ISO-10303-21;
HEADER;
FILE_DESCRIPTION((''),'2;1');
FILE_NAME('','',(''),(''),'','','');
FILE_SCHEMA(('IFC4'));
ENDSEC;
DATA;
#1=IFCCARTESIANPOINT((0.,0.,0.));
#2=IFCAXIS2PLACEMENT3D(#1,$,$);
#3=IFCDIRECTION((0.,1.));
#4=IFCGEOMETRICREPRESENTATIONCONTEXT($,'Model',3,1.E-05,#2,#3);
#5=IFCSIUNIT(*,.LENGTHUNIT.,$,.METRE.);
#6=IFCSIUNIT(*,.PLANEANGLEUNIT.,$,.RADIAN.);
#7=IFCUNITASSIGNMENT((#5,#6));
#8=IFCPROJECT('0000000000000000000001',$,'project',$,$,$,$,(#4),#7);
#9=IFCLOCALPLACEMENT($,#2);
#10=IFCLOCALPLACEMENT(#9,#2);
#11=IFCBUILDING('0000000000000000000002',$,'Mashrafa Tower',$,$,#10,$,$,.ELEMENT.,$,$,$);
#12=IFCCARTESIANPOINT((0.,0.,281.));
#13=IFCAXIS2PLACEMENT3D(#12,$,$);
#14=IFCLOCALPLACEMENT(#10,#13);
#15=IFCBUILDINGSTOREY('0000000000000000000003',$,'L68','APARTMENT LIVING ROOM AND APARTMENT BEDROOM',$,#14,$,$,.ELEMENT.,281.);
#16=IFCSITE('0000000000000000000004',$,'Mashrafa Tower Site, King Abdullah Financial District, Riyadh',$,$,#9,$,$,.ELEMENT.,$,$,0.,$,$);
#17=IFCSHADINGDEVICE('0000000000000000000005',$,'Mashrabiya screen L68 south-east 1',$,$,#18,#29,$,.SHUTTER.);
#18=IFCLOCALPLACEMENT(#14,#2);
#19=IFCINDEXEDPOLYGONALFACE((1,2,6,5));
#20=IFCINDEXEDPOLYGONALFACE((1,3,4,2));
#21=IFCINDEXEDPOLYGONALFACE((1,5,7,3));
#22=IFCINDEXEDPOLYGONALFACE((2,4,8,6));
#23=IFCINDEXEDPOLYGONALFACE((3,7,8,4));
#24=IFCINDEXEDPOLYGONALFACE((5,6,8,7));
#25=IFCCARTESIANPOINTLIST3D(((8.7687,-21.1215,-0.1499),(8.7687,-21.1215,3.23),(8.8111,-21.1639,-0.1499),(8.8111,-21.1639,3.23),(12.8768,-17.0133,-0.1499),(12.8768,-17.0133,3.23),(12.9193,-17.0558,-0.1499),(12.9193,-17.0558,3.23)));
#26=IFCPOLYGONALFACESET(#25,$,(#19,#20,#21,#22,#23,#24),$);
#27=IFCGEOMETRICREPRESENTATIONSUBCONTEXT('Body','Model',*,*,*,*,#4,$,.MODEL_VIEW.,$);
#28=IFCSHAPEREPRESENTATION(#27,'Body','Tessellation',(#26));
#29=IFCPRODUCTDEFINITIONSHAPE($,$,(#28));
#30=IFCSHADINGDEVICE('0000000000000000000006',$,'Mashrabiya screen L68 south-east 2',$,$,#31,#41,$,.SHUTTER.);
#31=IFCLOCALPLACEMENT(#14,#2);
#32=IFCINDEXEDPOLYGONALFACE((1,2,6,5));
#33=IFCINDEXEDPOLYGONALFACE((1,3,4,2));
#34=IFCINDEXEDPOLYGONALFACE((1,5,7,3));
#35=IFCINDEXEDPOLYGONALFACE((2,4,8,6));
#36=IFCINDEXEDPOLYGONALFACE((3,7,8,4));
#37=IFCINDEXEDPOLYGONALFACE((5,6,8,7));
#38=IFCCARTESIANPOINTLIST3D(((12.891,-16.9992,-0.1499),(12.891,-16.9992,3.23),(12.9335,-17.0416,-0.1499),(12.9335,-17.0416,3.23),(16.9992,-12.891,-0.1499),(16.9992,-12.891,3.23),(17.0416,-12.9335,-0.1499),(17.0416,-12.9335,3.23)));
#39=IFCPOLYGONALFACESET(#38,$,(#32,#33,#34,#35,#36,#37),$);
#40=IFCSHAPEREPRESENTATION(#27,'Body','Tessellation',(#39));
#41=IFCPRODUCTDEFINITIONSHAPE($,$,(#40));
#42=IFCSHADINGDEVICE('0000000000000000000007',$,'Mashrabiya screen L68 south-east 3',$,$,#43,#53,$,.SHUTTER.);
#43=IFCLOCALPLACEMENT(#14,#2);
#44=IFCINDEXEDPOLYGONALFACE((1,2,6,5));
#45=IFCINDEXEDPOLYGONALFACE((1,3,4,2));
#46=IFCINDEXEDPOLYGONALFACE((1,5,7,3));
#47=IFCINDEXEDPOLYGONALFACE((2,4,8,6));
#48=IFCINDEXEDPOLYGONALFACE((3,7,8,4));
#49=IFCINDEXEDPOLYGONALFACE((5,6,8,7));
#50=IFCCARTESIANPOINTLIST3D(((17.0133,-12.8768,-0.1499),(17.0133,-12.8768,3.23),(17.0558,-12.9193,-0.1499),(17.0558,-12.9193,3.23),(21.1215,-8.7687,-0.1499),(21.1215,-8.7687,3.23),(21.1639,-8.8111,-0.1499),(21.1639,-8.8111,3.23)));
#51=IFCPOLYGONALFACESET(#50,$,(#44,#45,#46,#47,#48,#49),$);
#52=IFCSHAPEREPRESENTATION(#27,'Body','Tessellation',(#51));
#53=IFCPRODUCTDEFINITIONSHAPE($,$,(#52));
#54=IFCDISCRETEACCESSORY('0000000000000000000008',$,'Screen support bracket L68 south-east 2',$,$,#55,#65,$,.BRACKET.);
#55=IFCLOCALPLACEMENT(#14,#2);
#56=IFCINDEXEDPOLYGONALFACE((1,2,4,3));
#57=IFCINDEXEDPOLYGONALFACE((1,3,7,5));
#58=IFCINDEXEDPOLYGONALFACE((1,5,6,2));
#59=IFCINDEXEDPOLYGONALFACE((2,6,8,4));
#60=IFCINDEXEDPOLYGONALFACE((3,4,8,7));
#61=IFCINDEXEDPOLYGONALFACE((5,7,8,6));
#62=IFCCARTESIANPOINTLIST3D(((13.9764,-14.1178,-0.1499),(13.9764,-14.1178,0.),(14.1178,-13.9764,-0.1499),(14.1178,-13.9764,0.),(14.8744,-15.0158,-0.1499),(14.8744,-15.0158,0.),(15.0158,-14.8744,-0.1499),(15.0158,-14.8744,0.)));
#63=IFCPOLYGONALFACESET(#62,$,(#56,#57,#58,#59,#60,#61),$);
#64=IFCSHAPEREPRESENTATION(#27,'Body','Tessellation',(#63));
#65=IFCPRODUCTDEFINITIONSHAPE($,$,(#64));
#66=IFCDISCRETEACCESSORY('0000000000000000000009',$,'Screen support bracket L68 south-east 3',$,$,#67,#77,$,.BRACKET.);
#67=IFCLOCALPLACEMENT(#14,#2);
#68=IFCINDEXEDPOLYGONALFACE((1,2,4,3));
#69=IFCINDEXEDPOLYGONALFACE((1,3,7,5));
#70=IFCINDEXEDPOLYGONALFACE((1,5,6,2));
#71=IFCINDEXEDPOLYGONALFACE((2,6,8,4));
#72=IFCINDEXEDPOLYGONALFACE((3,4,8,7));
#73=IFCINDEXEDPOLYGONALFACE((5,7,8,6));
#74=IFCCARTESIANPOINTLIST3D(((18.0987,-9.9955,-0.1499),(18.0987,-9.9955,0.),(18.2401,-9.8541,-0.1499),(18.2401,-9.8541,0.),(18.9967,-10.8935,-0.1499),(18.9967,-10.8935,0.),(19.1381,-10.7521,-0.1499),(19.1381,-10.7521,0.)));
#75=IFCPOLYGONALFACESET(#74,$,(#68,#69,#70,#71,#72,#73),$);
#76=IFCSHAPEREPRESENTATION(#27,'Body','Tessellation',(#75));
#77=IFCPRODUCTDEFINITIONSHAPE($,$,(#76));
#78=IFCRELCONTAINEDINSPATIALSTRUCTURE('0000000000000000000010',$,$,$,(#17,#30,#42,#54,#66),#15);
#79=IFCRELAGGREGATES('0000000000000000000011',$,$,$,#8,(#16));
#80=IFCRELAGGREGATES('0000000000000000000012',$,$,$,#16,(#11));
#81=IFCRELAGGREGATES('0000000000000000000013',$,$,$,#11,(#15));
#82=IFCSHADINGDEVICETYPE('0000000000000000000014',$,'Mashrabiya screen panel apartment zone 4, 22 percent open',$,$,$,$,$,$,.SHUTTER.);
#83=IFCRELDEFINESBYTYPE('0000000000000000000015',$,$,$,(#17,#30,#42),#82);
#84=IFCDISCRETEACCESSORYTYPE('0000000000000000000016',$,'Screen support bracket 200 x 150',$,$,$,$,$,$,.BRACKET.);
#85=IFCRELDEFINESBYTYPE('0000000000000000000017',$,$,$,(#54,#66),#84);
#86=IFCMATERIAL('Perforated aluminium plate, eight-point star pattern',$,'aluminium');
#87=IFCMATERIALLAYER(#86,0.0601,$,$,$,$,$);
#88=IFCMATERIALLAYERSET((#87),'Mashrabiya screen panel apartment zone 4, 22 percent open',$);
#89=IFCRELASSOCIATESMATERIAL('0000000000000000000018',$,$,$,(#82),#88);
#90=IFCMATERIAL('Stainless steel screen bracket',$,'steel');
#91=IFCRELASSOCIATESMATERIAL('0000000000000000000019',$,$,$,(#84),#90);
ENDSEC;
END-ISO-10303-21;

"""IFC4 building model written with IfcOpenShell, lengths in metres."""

from ifc_helpers import new_model, si_unit, direction, frame, origin, origin_2d, place, context, subcontext, project, spatial, rectangle, extrude, source, transform, mapped, material, layer, layer_set, type_object, type_shapes, element, save


model = new_model("IFC4")

# Units and contexts
model_context = context("Model", 3, precision=1e-05, world=origin(), true_north=direction((0.0, 1.0)))
body_context = subcontext(model_context, "Body", "Model", "MODEL_VIEW")
ifc_project = project(units=[si_unit("LENGTHUNIT", "METRE"), si_unit("PLANEANGLEUNIT", "RADIAN")], contexts=[model_context])

# Site, building, storey
site_placement = place(None, origin())
site = spatial("IfcSite", under=ifc_project, at=site_placement, Name="Mashrafa Tower Site, King Abdullah Financial District, Riyadh", CompositionType="ELEMENT", RefElevation=0.0)
building_placement = place(site_placement, origin())
building = spatial("IfcBuilding", under=site, at=building_placement, Name="Mashrafa Tower", CompositionType="ELEMENT")
storey_placement = place(building_placement, frame((0.0, 0.0, 281.0)))
storey = spatial("IfcBuildingStorey", under=building, at=storey_placement, Name="L68", Description="APARTMENT LIVING ROOM AND APARTMENT BEDROOM", CompositionType="ELEMENT", Elevation=281.0)

# Shading devices
ifc_material_1 = material(Name="Perforated aluminium plate, eight-point star pattern", Category="aluminium")
ifc_layer_1 = layer(ifc_material_1, 0.0601)
ifc_layer_set_1 = layer_set([ifc_layer_1], Name="Mashrabiya screen panel apartment zone 4, 22 percent open")
shading_device_type = type_object("IfcShadingDeviceType", Name="Mashrabiya screen panel apartment zone 4, 22 percent open", PredefinedType="SHUTTER", material=ifc_layer_set_1)
shared_shape_1 = source(origin(), body_context, "Body", "SweptSolid", [
    extrude(rectangle(XDim=5.8098, YDim=0.0601, at=origin_2d()), origin(), (0.0, 0.0, 1.0), 3.3799),
])
type_shapes(shading_device_type, [shared_shape_1])
for number, where, z_axis, x_axis, name in (
    (1, (10.844, -19.0886, -0.1499), (0.0, 0.0, 1.0), (0.707107, 0.707107, 0.0), "Mashrabiya screen L68 south-east 1"),
    (2, (14.9663, -14.9663, -0.1499), (0.0, 0.0, 1.0), (0.707107, 0.707107, 0.0), "Mashrabiya screen L68 south-east 2"),
    (3, (19.0886, -10.844, -0.1499), (0.0, 0.0, 1.0), (0.707107, 0.707107, 0.0), "Mashrabiya screen L68 south-east 3"),
):
    element("IfcShadingDevice", number, at=place(storey_placement, frame(where, z_axis=z_axis, x_axis=x_axis)), inside=storey, type_object=shading_device_type, Name=name, PredefinedType="SHUTTER", context=body_context, shape_type="MappedRepresentation", body=[
        mapped(shared_shape_1, transform((0.0, 0.0, 0.0))),
    ])

# Discrete accessories
ifc_material_2 = material(Name="Stainless steel screen bracket", Category="steel")
discrete_accessory_type = type_object("IfcDiscreteAccessoryType", Name="Screen support bracket 200 x 150", PredefinedType="BRACKET", material=ifc_material_2)
shared_shape_2 = source(origin(), body_context, "Body", "SweptSolid", [
    extrude(rectangle(XDim=0.2, YDim=1.27, at=origin_2d()), origin(), (0.0, 0.0, 1.0), 0.1499),
])
type_shapes(discrete_accessory_type, [shared_shape_2])
for number, where, z_axis, x_axis, name in (
    (4, (14.4961, -14.4961, -0.1499), (0.0, 0.0, 1.0), (0.707107, 0.707107, 0.0), "Screen support bracket L68 south-east 2"),
    (5, (18.6184, -10.3738, -0.1499), (0.0, 0.0, 1.0), (0.707107, 0.707107, 0.0), "Screen support bracket L68 south-east 3"),
):
    element("IfcDiscreteAccessory", number, at=place(storey_placement, frame(where, z_axis=z_axis, x_axis=x_axis)), inside=storey, type_object=discrete_accessory_type, Name=name, PredefinedType="BRACKET", context=body_context, shape_type="MappedRepresentation", body=[
        mapped(shared_shape_2, transform((0.0, 0.0, 0.0))),
    ])

save(model, "model.ifc")
